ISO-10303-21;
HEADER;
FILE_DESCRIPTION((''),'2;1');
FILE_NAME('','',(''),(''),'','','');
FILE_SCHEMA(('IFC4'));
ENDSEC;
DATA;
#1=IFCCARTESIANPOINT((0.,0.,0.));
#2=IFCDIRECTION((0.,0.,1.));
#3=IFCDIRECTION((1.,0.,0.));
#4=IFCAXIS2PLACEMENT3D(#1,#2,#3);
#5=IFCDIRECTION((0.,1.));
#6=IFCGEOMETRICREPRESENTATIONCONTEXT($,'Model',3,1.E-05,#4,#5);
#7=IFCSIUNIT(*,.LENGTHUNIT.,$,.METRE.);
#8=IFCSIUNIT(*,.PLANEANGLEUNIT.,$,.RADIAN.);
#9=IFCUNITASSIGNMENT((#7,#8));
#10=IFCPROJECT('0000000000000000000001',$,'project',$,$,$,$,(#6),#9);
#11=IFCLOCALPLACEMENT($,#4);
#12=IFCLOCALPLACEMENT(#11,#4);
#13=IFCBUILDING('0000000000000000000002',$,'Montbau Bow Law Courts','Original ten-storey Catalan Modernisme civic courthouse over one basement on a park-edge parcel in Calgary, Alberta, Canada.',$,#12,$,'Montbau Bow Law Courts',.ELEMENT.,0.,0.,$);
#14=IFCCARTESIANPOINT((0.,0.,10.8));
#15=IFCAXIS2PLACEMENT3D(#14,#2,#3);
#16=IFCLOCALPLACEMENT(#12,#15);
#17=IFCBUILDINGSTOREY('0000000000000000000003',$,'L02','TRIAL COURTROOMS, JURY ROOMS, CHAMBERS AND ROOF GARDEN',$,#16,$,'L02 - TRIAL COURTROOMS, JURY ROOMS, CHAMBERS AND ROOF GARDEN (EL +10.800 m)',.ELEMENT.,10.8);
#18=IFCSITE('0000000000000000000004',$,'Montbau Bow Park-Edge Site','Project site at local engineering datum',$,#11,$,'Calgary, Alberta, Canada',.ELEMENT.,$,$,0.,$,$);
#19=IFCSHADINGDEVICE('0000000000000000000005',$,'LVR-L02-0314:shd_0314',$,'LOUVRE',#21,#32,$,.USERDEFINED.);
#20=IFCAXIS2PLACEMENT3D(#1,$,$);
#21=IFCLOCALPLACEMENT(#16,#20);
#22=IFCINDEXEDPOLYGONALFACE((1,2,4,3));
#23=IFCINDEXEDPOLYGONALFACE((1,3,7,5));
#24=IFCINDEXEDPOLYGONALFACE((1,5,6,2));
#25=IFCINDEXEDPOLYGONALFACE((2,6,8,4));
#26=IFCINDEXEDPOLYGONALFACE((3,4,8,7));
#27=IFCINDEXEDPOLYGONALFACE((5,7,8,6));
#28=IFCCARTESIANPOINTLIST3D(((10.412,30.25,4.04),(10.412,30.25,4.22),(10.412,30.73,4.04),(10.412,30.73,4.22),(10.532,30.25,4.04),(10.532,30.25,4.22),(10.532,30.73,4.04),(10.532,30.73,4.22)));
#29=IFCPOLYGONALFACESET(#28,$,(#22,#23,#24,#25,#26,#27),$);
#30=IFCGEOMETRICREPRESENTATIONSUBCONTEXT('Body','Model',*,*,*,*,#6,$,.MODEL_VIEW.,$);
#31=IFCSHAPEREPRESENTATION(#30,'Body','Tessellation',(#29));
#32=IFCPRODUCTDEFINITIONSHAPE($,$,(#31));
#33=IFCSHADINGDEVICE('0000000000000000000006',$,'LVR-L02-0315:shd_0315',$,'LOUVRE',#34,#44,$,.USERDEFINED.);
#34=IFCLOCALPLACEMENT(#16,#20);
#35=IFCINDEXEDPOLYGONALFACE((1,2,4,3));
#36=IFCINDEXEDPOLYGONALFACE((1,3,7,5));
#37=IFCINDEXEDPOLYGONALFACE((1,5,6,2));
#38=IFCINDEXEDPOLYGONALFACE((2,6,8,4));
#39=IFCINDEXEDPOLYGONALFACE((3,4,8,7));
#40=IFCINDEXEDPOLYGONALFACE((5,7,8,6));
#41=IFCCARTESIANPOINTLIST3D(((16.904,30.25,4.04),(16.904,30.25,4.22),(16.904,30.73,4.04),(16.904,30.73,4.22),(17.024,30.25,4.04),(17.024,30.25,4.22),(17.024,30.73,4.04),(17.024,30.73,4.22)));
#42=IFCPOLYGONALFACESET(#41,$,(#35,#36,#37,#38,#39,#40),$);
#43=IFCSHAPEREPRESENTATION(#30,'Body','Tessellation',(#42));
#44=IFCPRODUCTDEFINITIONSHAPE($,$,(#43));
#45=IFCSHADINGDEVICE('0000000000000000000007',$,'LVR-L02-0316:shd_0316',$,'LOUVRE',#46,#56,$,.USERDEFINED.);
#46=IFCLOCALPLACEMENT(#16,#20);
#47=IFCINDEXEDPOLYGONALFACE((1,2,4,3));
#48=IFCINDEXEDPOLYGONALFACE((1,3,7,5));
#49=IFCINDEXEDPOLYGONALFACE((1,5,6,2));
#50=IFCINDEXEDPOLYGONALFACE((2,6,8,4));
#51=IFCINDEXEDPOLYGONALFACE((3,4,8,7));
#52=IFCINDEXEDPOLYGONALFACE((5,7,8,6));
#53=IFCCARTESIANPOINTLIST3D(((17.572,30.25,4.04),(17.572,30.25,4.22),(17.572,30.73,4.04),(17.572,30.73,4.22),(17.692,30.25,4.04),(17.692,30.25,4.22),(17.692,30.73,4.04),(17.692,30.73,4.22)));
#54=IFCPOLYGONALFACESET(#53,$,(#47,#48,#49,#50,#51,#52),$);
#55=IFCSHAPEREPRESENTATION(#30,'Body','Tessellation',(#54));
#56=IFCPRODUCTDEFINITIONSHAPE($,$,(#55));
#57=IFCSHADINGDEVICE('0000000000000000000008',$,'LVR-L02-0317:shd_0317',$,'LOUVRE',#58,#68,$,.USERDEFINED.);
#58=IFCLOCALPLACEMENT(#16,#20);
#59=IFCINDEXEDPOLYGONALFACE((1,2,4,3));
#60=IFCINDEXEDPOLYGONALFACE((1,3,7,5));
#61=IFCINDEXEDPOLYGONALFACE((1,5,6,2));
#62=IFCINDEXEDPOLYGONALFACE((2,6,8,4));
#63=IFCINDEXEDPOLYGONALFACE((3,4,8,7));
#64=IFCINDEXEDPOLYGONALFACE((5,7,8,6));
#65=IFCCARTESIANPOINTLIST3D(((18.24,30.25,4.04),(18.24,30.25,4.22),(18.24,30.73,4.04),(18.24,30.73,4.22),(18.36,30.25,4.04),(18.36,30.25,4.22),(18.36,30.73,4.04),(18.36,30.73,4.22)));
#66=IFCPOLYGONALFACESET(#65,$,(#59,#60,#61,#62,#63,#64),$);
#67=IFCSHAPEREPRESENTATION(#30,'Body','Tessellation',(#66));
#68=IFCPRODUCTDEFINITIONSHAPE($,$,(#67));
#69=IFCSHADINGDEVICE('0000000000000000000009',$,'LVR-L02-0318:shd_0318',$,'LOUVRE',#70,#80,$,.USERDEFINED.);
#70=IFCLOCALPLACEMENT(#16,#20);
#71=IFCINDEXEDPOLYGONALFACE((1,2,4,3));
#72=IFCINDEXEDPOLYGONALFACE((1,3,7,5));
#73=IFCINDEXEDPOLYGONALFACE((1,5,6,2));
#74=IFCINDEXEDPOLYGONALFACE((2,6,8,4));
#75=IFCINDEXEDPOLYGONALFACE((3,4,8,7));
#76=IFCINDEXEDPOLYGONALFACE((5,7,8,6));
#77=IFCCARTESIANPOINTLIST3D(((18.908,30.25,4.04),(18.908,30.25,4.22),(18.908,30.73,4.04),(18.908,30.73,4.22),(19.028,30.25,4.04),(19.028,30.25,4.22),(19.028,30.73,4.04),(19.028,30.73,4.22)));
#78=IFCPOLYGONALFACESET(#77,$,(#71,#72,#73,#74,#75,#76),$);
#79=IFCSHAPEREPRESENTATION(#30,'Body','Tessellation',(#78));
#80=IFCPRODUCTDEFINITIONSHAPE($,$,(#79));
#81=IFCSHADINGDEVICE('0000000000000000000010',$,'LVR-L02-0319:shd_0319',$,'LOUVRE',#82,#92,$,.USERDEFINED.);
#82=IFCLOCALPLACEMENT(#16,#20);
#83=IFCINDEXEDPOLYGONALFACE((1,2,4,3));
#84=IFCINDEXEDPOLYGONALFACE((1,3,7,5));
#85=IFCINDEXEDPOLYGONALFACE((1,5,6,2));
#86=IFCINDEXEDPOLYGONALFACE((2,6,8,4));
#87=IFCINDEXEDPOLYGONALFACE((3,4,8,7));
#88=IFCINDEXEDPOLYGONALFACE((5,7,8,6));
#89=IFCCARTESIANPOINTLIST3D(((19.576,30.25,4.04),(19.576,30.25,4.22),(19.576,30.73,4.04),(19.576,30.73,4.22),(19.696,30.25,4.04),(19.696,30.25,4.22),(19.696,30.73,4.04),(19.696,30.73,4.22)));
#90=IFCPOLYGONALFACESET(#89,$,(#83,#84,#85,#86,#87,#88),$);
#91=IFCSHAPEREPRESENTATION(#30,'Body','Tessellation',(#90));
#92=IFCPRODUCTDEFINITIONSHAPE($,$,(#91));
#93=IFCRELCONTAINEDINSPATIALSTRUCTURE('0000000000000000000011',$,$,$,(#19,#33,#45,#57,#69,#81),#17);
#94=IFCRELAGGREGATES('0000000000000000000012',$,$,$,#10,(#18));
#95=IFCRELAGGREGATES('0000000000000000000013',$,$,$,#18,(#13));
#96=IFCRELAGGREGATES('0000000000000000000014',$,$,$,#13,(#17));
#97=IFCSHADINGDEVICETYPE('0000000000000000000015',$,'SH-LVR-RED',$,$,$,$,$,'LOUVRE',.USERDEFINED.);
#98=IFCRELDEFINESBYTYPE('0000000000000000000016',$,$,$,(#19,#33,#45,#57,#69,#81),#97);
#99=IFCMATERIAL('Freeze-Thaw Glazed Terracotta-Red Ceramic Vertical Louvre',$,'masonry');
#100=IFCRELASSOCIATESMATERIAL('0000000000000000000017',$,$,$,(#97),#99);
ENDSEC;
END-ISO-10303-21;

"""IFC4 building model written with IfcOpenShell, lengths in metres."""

from ifc_helpers import new_model, si_unit, direction, frame, origin_with_axes, origin_2d_with_axis, place, context, subcontext, project, spatial, rectangle, extrude, material, type_object, element, save


model = new_model("IFC4")

# Units and contexts
model_context = context("Model", 3, precision=1e-05, world=origin_with_axes(), true_north=direction((0.0, 1.0)))
body_context = subcontext(model_context, "Body", "Model", "MODEL_VIEW")
ifc_project = project(units=[si_unit("LENGTHUNIT", "METRE"), si_unit("PLANEANGLEUNIT", "RADIAN")], contexts=[model_context])

# Site, building, storey
site_placement = place(None, origin_with_axes())
site = spatial("IfcSite", under=ifc_project, at=site_placement, Name="Montbau Bow Park-Edge Site", Description="Project site at local engineering datum", LongName="Calgary, Alberta, Canada", CompositionType="ELEMENT", RefElevation=0.0)
building_placement = place(site_placement, origin_with_axes())
building = spatial("IfcBuilding", under=site, at=building_placement, Name="Montbau Bow Law Courts", Description="Original ten-storey Catalan Modernisme civic courthouse over one basement on a park-edge parcel in Calgary, Alberta, Canada.", LongName="Montbau Bow Law Courts", CompositionType="ELEMENT", ElevationOfRefHeight=0.0, ElevationOfTerrain=0.0)
storey_placement = place(building_placement, frame((0.0, 0.0, 10.8), z_axis=(0.0, 0.0, 1.0), x_axis=(1.0, 0.0, 0.0)))
storey = spatial("IfcBuildingStorey", under=building, at=storey_placement, Name="L02", Description="TRIAL COURTROOMS, JURY ROOMS, CHAMBERS AND ROOF GARDEN", LongName="L02 - TRIAL COURTROOMS, JURY ROOMS, CHAMBERS AND ROOF GARDEN (EL +10.800 m)", CompositionType="ELEMENT", Elevation=10.8)

# Shading devices
ifc_material_1 = material(Name="Freeze-Thaw Glazed Terracotta-Red Ceramic Vertical Louvre", Category="masonry")
shading_device_type = type_object("IfcShadingDeviceType", Name="SH-LVR-RED", ElementType="LOUVRE", PredefinedType="USERDEFINED", material=ifc_material_1)
for number, where, z_axis, x_axis, name in (
    (1, (10.472, 30.49, 14.84), (0.0, 0.0, 1.0), (0.0, -1.0, 0.0), "LVR-L02-0314:shd_0314"),
    (2, (16.964, 30.49, 14.84), (0.0, 0.0, 1.0), (0.0, -1.0, 0.0), "LVR-L02-0315:shd_0315"),
    (3, (17.632, 30.49, 14.84), (0.0, 0.0, 1.0), (0.0, -1.0, 0.0), "LVR-L02-0316:shd_0316"),
    (4, (18.3, 30.49, 14.84), (0.0, 0.0, 1.0), (0.0, -1.0, 0.0), "LVR-L02-0317:shd_0317"),
    (5, (18.968, 30.49, 14.84), (0.0, 0.0, 1.0), (0.0, -1.0, 0.0), "LVR-L02-0318:shd_0318"),
    (6, (19.636, 30.49, 14.84), (0.0, 0.0, 1.0), (0.0, -1.0, 0.0), "LVR-L02-0319:shd_0319"),
):
    element("IfcShadingDevice", number, at=place(None, frame(where, z_axis=z_axis, x_axis=x_axis)), inside=storey, type_object=shading_device_type, Name=name, ObjectType="LOUVRE", PredefinedType="USERDEFINED", context=body_context, shape_type="SweptSolid", body=[
        extrude(rectangle(XDim=0.48, YDim=0.12, at=origin_2d_with_axis()), origin_with_axes(), (0.0, 0.0, 1.0), 0.18),
    ])

save(model, "model.ifc")
